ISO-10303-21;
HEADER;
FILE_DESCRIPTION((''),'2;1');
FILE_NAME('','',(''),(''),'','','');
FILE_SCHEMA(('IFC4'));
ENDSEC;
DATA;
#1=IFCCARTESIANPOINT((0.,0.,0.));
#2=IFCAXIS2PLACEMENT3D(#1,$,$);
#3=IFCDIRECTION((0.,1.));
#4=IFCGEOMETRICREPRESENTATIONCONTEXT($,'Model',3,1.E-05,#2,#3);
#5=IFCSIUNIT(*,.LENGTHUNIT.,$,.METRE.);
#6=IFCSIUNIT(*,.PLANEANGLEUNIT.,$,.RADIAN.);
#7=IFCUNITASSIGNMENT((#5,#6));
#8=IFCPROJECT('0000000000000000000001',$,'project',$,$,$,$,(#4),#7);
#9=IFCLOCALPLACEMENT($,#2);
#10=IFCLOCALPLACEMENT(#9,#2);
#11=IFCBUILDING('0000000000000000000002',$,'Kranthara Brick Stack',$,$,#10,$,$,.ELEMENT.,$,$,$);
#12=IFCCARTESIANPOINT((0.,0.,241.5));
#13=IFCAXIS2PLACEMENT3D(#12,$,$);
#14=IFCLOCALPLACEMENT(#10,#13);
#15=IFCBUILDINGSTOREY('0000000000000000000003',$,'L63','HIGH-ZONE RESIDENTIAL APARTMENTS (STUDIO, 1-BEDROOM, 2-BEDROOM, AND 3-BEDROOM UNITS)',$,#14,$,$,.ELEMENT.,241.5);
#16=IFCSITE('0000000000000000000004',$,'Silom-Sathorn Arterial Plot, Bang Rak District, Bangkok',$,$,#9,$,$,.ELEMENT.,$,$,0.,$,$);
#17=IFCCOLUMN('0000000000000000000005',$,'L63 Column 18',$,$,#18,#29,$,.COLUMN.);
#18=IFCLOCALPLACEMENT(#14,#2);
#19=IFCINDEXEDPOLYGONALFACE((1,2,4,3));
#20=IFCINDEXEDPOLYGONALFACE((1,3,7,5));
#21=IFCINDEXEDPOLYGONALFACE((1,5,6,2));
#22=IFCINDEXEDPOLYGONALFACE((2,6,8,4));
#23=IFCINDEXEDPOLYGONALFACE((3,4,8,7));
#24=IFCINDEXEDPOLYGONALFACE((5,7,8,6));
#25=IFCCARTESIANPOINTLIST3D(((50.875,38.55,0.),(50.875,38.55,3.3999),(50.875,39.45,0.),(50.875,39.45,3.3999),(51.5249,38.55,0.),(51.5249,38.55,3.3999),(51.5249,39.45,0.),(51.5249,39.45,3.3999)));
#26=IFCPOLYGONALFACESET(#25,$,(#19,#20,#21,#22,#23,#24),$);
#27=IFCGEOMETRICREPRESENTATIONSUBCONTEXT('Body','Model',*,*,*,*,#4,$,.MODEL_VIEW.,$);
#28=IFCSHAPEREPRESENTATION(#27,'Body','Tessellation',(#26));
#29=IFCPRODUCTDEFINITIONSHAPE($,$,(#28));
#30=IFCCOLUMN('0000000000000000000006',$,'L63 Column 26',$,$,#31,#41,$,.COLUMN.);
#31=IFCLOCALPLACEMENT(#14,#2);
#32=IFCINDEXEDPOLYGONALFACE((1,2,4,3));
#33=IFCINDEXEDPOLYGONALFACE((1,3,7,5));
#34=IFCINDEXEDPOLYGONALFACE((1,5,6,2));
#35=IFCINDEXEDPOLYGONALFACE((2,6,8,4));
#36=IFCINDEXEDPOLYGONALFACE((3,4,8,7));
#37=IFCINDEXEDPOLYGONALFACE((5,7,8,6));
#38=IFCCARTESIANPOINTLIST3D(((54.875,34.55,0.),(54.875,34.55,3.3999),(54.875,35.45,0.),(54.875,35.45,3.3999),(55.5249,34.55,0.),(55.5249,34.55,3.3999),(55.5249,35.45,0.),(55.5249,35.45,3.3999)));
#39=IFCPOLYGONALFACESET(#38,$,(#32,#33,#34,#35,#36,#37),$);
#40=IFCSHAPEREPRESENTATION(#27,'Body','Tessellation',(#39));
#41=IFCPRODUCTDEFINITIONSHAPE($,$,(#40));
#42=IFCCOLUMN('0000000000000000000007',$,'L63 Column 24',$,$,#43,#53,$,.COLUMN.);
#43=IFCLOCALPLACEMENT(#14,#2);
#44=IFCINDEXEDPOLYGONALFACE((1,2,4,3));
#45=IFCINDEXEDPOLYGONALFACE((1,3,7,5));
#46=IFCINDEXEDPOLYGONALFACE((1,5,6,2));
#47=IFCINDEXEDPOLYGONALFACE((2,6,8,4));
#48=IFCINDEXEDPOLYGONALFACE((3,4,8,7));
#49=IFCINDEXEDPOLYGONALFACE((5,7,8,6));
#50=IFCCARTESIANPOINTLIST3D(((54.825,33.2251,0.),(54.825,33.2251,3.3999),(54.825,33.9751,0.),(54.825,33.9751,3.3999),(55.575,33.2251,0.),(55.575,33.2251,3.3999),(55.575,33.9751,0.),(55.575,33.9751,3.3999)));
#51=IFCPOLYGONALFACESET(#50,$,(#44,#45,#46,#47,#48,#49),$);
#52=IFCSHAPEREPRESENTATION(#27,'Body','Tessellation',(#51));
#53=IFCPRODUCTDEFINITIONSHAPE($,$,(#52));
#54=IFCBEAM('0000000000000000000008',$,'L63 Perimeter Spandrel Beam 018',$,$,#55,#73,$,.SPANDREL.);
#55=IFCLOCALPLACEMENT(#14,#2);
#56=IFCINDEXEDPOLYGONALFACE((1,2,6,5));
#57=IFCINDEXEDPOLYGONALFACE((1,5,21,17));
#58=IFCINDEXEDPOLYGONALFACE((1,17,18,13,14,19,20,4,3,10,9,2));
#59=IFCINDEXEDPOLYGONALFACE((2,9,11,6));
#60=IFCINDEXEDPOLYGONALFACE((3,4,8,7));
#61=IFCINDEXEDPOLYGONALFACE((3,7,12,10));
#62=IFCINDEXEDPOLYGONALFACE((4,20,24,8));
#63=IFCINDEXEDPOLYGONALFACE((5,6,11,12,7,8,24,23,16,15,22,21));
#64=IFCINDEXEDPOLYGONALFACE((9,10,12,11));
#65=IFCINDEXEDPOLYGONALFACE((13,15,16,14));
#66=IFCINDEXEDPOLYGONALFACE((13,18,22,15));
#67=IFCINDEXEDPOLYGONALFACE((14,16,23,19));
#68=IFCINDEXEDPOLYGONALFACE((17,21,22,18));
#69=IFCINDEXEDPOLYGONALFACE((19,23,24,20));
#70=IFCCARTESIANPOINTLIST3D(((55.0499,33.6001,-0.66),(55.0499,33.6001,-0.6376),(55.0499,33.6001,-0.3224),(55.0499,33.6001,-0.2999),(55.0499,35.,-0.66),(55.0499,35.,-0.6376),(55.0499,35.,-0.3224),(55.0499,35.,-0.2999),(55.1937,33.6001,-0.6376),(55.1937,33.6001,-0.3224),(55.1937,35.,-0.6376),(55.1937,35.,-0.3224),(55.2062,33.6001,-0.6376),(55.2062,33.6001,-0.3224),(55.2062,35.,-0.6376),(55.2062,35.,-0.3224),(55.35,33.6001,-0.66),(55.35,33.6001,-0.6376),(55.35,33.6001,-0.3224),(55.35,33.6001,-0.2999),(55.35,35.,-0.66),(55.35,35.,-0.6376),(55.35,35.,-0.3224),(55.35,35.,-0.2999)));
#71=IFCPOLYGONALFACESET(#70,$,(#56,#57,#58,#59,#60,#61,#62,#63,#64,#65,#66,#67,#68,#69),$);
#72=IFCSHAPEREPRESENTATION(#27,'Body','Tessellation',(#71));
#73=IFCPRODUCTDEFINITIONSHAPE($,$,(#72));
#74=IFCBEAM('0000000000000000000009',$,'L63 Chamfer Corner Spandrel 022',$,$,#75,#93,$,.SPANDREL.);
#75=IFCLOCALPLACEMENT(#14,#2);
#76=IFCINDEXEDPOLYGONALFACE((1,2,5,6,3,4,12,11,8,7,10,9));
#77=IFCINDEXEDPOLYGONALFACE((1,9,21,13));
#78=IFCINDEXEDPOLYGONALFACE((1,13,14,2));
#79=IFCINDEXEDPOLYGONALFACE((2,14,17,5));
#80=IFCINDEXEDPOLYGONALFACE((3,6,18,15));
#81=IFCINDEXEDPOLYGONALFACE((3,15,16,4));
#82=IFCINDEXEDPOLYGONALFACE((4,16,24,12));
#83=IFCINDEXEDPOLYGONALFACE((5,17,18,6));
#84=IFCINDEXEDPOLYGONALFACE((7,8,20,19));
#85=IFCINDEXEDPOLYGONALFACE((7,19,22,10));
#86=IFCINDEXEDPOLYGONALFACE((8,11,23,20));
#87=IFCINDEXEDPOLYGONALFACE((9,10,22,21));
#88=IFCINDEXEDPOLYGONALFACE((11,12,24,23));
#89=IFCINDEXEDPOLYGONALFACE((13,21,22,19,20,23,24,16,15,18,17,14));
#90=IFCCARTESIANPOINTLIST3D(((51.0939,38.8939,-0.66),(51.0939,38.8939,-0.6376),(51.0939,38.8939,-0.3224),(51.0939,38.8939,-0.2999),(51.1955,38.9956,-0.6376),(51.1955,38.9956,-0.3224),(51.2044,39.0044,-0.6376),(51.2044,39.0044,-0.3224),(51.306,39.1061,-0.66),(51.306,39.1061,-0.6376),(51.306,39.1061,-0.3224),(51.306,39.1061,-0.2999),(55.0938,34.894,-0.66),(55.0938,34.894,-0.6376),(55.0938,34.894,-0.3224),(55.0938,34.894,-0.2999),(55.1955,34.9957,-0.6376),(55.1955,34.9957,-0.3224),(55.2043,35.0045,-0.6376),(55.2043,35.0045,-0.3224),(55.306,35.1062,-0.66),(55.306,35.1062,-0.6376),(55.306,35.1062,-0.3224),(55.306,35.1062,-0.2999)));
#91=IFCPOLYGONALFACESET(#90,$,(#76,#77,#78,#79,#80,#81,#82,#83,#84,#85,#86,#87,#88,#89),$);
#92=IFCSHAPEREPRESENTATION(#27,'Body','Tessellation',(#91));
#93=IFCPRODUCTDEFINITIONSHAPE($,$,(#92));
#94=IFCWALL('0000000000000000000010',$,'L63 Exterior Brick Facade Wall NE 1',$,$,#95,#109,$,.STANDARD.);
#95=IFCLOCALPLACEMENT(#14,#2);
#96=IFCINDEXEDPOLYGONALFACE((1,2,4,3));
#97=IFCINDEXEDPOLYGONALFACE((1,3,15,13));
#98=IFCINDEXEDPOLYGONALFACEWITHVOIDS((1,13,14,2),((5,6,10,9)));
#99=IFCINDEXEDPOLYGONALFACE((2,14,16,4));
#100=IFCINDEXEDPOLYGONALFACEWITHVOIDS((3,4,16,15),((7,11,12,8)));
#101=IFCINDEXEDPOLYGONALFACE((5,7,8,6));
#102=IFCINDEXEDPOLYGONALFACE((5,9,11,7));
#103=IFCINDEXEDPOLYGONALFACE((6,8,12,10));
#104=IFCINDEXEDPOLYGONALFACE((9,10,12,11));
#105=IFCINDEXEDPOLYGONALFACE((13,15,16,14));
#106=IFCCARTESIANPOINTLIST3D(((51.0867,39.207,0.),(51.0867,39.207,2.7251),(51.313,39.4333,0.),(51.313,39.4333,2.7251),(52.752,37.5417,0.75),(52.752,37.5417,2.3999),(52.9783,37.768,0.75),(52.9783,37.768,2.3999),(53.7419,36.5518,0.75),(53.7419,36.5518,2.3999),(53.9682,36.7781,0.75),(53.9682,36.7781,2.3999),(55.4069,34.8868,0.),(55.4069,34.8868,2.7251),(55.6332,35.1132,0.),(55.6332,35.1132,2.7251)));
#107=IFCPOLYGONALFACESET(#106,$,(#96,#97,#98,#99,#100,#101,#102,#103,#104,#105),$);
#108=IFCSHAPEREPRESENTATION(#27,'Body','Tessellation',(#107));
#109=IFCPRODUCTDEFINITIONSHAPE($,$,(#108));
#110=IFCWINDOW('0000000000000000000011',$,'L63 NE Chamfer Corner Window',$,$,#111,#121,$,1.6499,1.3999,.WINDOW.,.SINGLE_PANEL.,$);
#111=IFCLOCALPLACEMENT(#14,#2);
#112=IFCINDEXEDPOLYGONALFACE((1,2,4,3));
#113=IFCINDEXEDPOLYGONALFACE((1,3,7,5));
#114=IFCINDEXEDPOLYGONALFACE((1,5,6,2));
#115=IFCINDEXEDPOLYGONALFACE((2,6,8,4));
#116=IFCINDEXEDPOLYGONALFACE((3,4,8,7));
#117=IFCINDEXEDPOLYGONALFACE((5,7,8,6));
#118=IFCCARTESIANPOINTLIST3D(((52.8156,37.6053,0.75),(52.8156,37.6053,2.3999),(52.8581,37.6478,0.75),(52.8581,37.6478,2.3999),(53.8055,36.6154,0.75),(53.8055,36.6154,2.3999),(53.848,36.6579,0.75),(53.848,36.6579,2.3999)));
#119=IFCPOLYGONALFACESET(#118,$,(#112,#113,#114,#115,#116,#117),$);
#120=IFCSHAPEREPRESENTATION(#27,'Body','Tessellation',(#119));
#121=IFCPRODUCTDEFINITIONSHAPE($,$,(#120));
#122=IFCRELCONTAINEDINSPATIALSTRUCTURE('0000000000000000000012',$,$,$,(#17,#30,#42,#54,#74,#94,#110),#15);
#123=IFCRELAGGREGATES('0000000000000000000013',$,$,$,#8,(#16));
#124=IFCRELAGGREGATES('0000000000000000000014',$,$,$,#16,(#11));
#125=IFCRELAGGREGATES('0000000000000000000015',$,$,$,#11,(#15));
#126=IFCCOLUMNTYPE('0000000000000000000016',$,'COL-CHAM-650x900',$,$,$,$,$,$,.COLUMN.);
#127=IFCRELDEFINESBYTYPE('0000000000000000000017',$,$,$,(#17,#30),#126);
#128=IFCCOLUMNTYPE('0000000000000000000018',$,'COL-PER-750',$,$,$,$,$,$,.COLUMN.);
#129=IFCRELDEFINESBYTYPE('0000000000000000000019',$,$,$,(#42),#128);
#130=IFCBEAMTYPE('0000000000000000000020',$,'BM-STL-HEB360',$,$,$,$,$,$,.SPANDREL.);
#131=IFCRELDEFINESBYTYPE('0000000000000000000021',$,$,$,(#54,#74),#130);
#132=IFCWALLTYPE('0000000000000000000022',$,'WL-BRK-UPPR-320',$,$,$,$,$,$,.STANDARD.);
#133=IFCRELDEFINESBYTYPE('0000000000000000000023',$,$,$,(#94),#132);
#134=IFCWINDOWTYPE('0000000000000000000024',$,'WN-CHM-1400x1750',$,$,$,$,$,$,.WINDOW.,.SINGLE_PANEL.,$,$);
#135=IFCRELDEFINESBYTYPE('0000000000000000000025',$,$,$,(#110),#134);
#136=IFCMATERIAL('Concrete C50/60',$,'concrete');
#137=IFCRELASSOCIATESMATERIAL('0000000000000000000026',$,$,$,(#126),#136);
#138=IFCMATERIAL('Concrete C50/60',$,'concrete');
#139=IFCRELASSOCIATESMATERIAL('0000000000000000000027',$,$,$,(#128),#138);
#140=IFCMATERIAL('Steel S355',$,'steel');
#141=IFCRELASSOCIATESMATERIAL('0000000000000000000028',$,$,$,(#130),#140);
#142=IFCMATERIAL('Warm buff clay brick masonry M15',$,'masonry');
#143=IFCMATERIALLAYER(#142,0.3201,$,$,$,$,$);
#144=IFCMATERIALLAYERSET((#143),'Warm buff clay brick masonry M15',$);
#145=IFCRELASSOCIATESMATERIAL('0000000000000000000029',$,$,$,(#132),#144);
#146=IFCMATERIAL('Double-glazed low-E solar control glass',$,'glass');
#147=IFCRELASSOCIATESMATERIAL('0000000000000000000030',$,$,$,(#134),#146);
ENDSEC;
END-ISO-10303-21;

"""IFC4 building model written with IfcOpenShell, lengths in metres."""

from ifc_helpers import new_model, si_unit, direction, frame, frame_2d, origin, origin_2d, place, context, subcontext, project, spatial, rectangle, i_section, extrude, material, layer, layer_set, material_profile, profile_set, type_object, element, fill, save


model = new_model("IFC4")

# Units and contexts
model_context = context("Model", 3, precision=1e-05, world=origin(), true_north=direction((0.0, 1.0)))
body_context = subcontext(model_context, "Body", "Model", "MODEL_VIEW")
ifc_project = project(units=[si_unit("LENGTHUNIT", "METRE"), si_unit("PLANEANGLEUNIT", "RADIAN")], contexts=[model_context])

# Site, building, storey
site_placement = place(None, origin())
site = spatial("IfcSite", under=ifc_project, at=site_placement, Name="Silom-Sathorn Arterial Plot, Bang Rak District, Bangkok", CompositionType="ELEMENT", RefElevation=0.0)
building_placement = place(site_placement, origin())
building = spatial("IfcBuilding", under=site, at=building_placement, Name="Kranthara Brick Stack", CompositionType="ELEMENT")
storey_placement = place(building_placement, frame((0.0, 0.0, 241.5)))
storey = spatial("IfcBuildingStorey", under=building, at=storey_placement, Name="L63", Description="HIGH-ZONE RESIDENTIAL APARTMENTS (STUDIO, 1-BEDROOM, 2-BEDROOM, AND 3-BEDROOM UNITS)", CompositionType="ELEMENT", Elevation=241.5)

# Columns
ifc_material_1 = material(Name="Concrete C50/60", Category="concrete")
ifc_material_profile_1 = material_profile(ifc_material_1, rectangle(XDim=0.6499, YDim=0.8999, at=origin_2d()), Name="RC 650x900")
ifc_profile_set_1 = profile_set([ifc_material_profile_1], Name="Concrete C50/60")
column_type_1 = type_object("IfcColumnType", Name="COL-CHAM-650x900", PredefinedType="COLUMN", material=ifc_profile_set_1)
for number, where, z_axis, x_axis, name in (
    (1, (51.2, 39.0, 0.0), (0.0, 0.0, 1.0), (1.0, 0.0, 0.0), "L63 Column 18"),
    (2, (55.2, 35.0, 0.0), (0.0, 0.0, 1.0), (1.0, 0.0, 0.0), "L63 Column 26"),
):
    element("IfcColumn", number, at=place(storey_placement, frame(where, z_axis=z_axis, x_axis=x_axis)), inside=storey, type_object=column_type_1, Name=name, PredefinedType="COLUMN", context=body_context, shape_type="SweptSolid", body=[
        extrude(rectangle(XDim=0.6499, YDim=0.8999, at=origin_2d()), origin(), (0.0, 0.0, 1.0), 3.3999),
    ])
ifc_material_2 = material(Name="Concrete C50/60", Category="concrete")
ifc_material_profile_2 = material_profile(ifc_material_2, rectangle(XDim=0.75, YDim=0.75, at=origin_2d()), Name="RC 750x750")
ifc_profile_set_2 = profile_set([ifc_material_profile_2], Name="Concrete C50/60")
column_type_2 = type_object("IfcColumnType", Name="COL-PER-750", PredefinedType="COLUMN", material=ifc_profile_set_2)
column_placement = place(storey_placement, frame((55.2, 33.6001, 0.0), z_axis=(0.0, 0.0, 1.0), x_axis=(1.0, 0.0, 0.0)))
element("IfcColumn", 3, at=column_placement, inside=storey, type_object=column_type_2, Name="L63 Column 24", PredefinedType="COLUMN", context=body_context, shape_type="SweptSolid", body=[
    extrude(rectangle(XDim=0.75, YDim=0.75, at=origin_2d()), origin(), (0.0, 0.0, 1.0), 3.3999),
])

# Beams
ifc_material_3 = material(Name="Steel S355", Category="steel")
ifc_material_profile_3 = material_profile(ifc_material_3, i_section(OverallWidth=0.3, OverallDepth=0.3601, WebThickness=0.0125, FlangeThickness=0.0225, at=origin_2d()), Name="HEB 360")
ifc_profile_set_3 = profile_set([ifc_material_profile_3], Name="Steel S355")
beam_type = type_object("IfcBeamType", Name="BM-STL-HEB360", PredefinedType="SPANDREL", material=ifc_profile_set_3)
beam_1_placement = place(storey_placement, frame((55.2, 33.6001, -0.48), z_axis=(0.0, 1.0, 0.0), x_axis=(-1.0, 0.0, 0.0)))
element("IfcBeam", 4, at=beam_1_placement, inside=storey, type_object=beam_type, Name="L63 Perimeter Spandrel Beam 018", PredefinedType="SPANDREL", context=body_context, shape_type="SweptSolid", body=[
    extrude(i_section(OverallWidth=0.3, OverallDepth=0.3601, WebThickness=0.0125, FlangeThickness=0.0225, at=origin_2d()), origin(), (0.0, 0.0, 1.0), 1.3999),
])
beam_2_placement = place(storey_placement, frame((51.2, 39.0, -0.48), z_axis=(0.707107, -0.707107, 0.0), x_axis=(0.707107, 0.707107, 0.0)))
element("IfcBeam", 5, at=beam_2_placement, inside=storey, type_object=beam_type, Name="L63 Chamfer Corner Spandrel 022", PredefinedType="SPANDREL", context=body_context, shape_type="SweptSolid", body=[
    extrude(i_section(OverallWidth=0.3, OverallDepth=0.3601, WebThickness=0.0125, FlangeThickness=0.0225, at=origin_2d()), origin(), (0.0, 0.0, 1.0), 5.6567),
])

# Wall, opening, window
ifc_material_4 = material(Name="Warm buff clay brick masonry M15", Category="masonry")
ifc_layer_1 = layer(ifc_material_4, 0.3201)
ifc_layer_set_1 = layer_set([ifc_layer_1], Name="Warm buff clay brick masonry M15")
wall_type = type_object("IfcWallType", Name="WL-BRK-UPPR-320", PredefinedType="STANDARD", material=ifc_layer_set_1)
wall_1_placement = place(storey_placement, frame((51.2, 39.3201, 0.0), z_axis=(0.0, 0.0, 1.0), x_axis=(0.707107, -0.707107, 0.0)))
wall_1 = element("IfcWall", 6, at=wall_1_placement, inside=storey, type_object=wall_type, Name="L63 Exterior Brick Facade Wall NE 1", PredefinedType="STANDARD", context=body_context, shape_type="SweptSolid", body=[
    extrude(rectangle(XDim=6.1096, YDim=0.3201, at=frame_2d((3.0547, 0.0))), origin(), (0.0, 0.0, 1.0), 2.7251),
])
opening_1_placement = place(wall_1_placement, frame((2.355, 0.0, 0.75)))
opening_1 = element("IfcOpeningElement", 7, at=opening_1_placement, cuts=wall_1, PredefinedType="OPENING", context=body_context, shape_type="SweptSolid", body=[
    extrude(rectangle(XDim=1.3999, YDim=1.6499, at=frame_2d((0.7, 0.825))), frame((0.0, 0.1699, 0.0), z_axis=(0.0, -1.0, 0.0), x_axis=(1.0, 0.0, 0.0)), (0.0, 0.0, 1.0), 0.3401),
])
ifc_material_5 = material(Name="Double-glazed low-E solar control glass", Category="glass")
window_type_1 = type_object("IfcWindowType", Name="WN-CHM-1400x1750", PartitioningType="SINGLE_PANEL", PredefinedType="WINDOW", material=ifc_material_5)
window_1_placement = place(opening_1_placement, origin())
window_1 = element("IfcWindow", 8, at=window_1_placement, inside=storey, type_object=window_type_1, Name="L63 NE Chamfer Corner Window", OverallHeight=1.6499, OverallWidth=1.3999, PartitioningType="SINGLE_PANEL", PredefinedType="WINDOW", context=body_context, shape_type="SweptSolid", body=[
    extrude(rectangle(XDim=1.3999, YDim=1.6499, at=frame_2d((0.7, 0.825))), frame((0.0, -0.01, 0.0), z_axis=(0.0, -1.0, 0.0), x_axis=(1.0, 0.0, 0.0)), (0.0, 0.0, 1.0), 0.0601),
])
fill(opening_1, window_1)

save(model, "model.ifc")
